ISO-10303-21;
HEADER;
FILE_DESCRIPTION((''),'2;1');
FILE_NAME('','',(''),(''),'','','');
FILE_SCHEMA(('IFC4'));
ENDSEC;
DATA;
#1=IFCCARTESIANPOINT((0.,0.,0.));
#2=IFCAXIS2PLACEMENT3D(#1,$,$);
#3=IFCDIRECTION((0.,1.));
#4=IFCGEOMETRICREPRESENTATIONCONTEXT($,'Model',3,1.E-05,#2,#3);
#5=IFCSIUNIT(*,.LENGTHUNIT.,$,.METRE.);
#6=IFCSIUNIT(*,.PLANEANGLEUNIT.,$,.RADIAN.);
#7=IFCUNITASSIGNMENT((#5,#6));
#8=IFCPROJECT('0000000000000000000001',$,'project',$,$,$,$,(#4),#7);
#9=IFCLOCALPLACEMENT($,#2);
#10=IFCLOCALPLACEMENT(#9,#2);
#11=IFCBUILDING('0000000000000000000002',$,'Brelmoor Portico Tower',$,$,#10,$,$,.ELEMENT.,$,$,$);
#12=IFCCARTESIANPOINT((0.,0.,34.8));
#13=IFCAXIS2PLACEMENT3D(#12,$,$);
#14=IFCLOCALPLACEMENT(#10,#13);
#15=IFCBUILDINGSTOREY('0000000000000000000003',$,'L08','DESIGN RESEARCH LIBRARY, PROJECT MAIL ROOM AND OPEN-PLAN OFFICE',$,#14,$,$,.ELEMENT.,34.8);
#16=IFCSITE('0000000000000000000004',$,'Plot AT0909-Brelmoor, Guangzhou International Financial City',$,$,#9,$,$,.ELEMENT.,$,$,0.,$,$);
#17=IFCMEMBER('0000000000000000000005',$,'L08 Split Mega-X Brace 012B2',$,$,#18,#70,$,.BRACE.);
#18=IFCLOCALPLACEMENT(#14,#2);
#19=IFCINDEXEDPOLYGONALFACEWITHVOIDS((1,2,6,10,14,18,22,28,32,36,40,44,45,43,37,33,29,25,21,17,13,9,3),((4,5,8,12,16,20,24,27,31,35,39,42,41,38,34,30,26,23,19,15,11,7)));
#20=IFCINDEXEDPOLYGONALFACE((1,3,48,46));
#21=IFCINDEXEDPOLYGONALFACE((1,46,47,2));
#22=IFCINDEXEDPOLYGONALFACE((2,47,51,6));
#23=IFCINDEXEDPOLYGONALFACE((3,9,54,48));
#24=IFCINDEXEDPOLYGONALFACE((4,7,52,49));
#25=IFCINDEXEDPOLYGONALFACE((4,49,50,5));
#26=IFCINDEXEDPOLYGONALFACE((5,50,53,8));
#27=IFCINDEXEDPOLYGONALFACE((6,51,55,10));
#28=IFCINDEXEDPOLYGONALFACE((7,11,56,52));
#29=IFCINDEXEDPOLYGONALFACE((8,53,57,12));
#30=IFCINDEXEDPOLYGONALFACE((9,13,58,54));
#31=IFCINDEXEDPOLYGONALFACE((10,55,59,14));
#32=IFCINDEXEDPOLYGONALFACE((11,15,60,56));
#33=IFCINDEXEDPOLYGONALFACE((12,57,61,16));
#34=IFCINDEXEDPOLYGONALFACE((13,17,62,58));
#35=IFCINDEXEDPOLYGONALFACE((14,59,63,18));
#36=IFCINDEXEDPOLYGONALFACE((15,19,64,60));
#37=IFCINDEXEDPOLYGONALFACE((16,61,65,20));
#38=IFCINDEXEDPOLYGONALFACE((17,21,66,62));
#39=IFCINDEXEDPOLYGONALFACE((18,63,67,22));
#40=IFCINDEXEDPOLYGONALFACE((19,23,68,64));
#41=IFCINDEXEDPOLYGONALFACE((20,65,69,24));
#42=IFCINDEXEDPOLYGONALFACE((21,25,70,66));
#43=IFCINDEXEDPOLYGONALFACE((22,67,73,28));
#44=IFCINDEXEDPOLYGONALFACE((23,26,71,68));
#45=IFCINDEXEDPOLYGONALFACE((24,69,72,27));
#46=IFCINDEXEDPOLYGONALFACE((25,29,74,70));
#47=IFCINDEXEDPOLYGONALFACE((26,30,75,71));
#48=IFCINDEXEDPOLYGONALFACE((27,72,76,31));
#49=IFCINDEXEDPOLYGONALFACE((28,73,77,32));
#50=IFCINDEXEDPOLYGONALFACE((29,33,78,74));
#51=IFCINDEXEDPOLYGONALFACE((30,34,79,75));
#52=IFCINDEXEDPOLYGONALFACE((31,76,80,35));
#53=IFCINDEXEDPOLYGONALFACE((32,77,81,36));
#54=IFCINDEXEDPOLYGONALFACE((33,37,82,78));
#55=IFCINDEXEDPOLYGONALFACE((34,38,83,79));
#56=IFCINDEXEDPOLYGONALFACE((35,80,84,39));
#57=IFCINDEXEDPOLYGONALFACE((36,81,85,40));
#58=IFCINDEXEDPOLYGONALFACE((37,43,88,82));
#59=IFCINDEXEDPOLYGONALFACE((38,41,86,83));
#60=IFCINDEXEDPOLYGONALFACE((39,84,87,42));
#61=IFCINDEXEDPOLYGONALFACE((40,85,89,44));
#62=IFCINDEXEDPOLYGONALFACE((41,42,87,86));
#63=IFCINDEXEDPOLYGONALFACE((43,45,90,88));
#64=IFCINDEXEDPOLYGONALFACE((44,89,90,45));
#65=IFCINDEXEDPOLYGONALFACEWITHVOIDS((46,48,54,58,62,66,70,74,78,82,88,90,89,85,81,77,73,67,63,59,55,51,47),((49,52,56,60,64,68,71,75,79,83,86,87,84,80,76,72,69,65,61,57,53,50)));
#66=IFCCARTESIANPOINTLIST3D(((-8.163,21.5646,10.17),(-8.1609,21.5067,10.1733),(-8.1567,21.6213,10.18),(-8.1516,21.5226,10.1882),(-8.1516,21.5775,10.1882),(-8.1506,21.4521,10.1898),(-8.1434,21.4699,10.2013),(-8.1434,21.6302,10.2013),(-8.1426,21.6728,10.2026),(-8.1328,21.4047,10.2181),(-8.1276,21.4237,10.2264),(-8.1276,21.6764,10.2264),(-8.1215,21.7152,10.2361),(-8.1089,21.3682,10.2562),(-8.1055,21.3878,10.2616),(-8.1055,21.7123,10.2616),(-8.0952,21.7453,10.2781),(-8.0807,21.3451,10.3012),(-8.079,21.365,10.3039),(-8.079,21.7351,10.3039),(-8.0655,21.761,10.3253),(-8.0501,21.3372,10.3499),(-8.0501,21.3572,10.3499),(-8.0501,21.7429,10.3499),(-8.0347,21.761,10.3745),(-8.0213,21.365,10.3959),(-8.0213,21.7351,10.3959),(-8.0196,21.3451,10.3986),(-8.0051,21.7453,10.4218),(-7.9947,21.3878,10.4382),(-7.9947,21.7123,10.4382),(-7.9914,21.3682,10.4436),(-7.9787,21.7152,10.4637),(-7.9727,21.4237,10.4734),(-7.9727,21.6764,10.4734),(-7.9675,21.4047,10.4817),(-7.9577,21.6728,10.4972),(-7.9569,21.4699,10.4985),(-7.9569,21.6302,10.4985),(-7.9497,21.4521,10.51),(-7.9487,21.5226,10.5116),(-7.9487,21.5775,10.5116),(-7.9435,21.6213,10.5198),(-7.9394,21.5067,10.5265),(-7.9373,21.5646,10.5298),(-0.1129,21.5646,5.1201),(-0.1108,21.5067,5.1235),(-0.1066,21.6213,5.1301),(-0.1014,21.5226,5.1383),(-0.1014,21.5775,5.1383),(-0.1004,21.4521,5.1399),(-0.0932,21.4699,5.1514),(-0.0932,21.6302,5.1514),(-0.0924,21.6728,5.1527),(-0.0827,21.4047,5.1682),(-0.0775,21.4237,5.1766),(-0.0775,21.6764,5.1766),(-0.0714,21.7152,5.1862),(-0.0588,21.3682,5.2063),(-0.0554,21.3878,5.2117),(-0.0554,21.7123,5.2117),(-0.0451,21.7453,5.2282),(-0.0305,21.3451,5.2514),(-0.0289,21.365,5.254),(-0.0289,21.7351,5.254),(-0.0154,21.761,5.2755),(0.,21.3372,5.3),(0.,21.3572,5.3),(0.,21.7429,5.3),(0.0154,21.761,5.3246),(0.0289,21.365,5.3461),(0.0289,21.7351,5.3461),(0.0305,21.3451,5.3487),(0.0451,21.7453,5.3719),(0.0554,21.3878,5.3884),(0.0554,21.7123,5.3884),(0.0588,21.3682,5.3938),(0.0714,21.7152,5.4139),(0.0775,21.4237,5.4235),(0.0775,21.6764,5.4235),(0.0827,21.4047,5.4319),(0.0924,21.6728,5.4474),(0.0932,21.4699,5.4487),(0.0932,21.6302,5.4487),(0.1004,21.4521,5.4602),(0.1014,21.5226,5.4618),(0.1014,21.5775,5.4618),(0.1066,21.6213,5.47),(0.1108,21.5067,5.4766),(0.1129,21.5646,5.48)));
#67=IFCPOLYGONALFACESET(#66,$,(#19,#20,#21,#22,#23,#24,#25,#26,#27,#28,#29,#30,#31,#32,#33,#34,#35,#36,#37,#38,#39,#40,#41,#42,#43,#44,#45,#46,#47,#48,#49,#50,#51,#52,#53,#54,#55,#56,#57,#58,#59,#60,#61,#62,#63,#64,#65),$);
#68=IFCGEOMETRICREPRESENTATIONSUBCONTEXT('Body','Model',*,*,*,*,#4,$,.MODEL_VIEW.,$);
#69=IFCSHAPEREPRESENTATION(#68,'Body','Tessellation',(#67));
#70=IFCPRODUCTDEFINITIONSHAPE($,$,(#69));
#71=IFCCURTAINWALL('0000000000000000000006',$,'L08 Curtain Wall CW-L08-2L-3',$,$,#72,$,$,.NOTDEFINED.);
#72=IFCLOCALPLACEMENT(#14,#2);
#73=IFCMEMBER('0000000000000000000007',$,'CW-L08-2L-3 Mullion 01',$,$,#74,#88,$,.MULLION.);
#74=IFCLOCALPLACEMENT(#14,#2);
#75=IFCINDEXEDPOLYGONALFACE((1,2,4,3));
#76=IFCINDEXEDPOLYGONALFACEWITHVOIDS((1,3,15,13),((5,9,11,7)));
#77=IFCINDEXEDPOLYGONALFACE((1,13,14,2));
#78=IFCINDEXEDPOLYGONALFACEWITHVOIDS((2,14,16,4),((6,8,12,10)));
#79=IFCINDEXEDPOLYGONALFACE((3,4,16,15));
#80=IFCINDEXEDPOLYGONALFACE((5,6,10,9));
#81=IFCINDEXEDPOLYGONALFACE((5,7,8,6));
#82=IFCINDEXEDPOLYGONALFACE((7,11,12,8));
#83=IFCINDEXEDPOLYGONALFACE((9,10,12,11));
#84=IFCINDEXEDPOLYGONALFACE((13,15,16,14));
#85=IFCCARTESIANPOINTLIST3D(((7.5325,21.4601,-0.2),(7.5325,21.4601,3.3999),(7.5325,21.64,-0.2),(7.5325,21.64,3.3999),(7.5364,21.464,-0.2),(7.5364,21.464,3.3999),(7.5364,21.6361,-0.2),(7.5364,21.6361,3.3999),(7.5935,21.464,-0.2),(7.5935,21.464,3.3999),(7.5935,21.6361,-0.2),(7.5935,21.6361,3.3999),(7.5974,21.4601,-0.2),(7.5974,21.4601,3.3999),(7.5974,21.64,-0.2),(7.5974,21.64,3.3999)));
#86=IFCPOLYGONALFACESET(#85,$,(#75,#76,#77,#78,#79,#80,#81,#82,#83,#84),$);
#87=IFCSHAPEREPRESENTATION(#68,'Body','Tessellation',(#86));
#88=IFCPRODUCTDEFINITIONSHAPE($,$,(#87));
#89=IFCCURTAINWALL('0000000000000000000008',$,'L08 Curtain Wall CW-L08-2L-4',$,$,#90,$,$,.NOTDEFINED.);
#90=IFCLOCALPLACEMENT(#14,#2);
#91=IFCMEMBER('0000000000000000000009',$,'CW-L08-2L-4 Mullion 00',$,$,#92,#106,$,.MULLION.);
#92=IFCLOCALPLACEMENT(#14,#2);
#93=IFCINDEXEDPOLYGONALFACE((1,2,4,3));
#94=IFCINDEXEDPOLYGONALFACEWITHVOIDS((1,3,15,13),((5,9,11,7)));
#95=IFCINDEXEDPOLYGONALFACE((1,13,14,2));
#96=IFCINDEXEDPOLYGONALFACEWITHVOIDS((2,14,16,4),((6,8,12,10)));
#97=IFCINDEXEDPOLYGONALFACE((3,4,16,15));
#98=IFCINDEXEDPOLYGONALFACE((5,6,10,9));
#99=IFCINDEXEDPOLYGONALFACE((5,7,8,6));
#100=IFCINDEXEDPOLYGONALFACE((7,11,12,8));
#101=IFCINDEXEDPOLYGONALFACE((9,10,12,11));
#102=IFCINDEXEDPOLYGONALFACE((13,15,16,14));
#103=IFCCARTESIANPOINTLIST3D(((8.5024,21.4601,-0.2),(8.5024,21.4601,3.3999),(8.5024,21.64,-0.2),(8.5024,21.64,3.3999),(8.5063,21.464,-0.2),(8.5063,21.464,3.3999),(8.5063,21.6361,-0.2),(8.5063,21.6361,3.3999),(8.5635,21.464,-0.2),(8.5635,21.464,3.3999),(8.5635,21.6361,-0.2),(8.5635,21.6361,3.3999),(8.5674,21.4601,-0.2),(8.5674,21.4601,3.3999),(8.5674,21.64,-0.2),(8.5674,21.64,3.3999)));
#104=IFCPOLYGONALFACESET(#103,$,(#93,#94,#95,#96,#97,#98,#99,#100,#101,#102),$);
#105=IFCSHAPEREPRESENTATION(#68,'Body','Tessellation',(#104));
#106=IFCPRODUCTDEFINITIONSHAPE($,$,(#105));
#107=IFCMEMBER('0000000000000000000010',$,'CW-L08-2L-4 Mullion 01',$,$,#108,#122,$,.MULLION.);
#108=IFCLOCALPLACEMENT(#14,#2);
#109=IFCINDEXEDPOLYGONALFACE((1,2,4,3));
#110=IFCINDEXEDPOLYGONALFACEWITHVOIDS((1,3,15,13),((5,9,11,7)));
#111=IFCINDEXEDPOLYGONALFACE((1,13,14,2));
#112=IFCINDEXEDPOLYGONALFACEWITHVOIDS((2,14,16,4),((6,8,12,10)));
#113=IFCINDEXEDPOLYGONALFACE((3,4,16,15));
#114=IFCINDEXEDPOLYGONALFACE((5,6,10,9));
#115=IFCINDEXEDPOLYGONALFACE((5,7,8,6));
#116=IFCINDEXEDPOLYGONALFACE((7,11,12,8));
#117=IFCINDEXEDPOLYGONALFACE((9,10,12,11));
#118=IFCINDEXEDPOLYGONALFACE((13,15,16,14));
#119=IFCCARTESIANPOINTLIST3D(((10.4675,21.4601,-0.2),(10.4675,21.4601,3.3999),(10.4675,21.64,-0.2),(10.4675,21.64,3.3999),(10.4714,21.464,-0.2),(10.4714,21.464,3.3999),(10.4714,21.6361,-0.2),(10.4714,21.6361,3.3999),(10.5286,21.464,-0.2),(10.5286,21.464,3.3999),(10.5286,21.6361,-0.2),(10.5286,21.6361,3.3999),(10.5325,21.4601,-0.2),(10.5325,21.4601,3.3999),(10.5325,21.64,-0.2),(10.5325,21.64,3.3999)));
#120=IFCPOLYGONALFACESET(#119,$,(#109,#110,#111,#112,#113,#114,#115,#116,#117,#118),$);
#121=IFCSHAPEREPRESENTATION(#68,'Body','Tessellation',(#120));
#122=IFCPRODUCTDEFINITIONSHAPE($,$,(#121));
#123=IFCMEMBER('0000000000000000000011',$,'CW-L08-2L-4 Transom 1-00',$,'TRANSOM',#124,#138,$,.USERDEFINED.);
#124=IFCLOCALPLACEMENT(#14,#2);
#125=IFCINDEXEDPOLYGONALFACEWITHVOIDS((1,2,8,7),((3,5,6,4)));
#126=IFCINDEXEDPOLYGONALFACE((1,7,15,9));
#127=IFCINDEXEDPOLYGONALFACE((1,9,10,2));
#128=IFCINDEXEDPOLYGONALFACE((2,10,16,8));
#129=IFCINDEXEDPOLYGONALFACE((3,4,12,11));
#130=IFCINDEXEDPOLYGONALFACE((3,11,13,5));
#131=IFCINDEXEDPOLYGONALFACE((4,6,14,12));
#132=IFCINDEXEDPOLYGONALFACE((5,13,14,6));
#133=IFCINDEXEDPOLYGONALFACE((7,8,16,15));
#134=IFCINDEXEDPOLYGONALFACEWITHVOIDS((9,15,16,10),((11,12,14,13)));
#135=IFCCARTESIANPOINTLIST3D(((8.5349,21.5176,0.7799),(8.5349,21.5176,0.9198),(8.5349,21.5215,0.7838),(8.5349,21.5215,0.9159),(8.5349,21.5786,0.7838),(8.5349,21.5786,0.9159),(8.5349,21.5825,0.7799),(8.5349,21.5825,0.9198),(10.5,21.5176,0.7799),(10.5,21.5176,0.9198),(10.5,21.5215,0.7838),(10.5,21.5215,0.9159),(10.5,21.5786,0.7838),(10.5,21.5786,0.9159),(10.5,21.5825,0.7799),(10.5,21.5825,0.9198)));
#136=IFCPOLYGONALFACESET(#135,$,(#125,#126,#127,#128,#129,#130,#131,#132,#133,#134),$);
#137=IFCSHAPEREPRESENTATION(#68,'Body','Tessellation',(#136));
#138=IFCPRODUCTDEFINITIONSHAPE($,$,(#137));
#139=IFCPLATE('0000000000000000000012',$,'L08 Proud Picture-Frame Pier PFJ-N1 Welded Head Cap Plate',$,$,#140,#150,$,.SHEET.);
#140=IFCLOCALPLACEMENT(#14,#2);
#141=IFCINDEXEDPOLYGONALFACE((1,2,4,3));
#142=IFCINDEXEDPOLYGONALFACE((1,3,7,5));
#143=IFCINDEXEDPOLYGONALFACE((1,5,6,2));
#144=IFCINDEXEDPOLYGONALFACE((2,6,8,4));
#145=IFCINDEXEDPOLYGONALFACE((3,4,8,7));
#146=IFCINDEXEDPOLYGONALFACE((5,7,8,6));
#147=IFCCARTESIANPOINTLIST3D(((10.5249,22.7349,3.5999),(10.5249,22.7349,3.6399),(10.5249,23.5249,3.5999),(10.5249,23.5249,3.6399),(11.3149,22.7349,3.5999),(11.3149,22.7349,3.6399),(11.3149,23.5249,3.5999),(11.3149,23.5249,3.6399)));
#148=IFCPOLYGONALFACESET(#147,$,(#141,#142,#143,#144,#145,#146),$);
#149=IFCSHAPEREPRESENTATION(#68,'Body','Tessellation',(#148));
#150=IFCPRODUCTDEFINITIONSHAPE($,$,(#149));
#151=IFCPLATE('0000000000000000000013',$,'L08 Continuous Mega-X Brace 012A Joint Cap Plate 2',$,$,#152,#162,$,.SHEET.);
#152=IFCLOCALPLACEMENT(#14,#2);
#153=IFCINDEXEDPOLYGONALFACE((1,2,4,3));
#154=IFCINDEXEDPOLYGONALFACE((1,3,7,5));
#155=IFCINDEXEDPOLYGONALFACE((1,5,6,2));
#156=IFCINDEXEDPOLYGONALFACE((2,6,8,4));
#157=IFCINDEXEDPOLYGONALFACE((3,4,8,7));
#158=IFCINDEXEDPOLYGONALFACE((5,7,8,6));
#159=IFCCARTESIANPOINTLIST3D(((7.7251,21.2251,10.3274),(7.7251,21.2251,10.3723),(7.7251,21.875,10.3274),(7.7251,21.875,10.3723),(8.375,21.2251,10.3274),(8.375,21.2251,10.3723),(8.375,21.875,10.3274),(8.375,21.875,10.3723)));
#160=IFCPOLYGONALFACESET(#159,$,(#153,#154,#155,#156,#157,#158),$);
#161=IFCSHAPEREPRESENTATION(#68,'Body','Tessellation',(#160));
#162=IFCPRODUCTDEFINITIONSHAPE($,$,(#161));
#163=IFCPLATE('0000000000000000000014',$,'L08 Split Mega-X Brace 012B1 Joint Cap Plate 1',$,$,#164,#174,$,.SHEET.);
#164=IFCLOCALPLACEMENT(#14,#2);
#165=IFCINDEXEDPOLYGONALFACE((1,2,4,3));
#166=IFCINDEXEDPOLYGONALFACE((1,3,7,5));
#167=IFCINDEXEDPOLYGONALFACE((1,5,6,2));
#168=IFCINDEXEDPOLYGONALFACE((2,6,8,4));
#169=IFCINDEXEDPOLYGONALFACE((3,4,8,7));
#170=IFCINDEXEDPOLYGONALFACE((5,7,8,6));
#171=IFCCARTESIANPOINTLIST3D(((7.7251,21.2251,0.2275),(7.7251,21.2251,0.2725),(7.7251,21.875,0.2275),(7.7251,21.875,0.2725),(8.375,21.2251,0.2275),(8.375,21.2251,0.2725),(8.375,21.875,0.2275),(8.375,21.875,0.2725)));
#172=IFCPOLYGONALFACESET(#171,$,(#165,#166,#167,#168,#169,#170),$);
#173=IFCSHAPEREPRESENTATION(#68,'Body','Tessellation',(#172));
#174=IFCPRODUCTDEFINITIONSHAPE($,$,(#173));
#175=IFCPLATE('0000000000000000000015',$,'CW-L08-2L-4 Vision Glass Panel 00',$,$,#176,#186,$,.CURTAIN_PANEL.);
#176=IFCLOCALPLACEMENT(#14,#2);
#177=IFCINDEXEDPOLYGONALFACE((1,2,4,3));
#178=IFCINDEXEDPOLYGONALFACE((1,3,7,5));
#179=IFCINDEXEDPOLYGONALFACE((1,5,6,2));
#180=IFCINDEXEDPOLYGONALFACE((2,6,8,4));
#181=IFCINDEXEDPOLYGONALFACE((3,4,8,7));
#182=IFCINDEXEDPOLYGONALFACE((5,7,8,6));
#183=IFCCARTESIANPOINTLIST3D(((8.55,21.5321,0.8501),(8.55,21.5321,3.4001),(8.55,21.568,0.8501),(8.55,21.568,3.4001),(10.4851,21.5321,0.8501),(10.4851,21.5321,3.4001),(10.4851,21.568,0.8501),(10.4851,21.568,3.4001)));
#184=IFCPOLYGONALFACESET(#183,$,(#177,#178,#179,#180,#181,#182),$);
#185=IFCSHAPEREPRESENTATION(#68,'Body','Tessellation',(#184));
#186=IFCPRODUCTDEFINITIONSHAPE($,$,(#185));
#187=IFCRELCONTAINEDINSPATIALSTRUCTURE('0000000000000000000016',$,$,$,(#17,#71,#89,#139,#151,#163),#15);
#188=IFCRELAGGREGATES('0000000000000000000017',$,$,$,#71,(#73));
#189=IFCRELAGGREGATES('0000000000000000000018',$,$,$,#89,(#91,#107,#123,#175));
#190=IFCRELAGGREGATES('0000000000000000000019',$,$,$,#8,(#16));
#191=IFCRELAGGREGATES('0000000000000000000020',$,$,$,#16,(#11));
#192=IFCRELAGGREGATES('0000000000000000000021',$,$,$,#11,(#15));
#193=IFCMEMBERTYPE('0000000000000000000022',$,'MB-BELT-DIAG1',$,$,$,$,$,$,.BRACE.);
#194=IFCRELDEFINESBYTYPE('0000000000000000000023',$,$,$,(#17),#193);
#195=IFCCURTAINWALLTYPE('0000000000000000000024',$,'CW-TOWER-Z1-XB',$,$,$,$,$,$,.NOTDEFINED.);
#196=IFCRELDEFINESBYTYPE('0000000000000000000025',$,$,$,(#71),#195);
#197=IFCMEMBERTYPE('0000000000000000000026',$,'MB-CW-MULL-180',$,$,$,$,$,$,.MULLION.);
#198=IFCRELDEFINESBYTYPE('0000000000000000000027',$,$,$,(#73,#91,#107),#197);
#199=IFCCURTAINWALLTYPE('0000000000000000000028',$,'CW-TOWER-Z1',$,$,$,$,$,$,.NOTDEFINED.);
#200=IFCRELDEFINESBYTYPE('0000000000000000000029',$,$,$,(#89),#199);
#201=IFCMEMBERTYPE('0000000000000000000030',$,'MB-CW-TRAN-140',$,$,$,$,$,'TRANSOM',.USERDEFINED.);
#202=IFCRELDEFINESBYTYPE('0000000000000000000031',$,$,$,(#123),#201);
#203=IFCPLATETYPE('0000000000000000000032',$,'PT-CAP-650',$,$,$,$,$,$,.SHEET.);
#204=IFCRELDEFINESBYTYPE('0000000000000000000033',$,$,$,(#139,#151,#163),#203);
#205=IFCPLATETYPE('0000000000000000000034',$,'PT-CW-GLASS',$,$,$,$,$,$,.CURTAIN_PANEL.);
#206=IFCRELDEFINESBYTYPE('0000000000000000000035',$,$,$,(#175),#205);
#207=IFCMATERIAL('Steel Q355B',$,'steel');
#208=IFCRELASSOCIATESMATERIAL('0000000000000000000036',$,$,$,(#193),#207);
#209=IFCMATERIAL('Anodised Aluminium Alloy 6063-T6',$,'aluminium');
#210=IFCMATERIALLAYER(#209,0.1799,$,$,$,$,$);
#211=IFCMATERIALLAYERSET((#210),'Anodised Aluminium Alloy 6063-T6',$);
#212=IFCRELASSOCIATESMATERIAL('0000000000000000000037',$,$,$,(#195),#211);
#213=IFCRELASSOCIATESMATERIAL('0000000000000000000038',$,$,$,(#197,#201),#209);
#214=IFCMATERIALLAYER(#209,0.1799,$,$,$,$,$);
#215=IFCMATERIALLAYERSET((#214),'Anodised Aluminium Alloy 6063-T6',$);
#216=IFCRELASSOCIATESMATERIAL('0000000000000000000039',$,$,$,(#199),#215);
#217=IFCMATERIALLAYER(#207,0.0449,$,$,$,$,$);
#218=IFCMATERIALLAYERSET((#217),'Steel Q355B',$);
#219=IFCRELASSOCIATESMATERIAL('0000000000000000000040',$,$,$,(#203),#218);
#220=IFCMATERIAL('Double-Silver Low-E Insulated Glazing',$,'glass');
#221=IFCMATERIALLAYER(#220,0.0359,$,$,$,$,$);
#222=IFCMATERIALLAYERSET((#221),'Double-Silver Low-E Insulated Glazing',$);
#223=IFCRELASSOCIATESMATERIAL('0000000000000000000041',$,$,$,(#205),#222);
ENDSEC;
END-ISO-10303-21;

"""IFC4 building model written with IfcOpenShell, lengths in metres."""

from ifc_helpers import new_model, si_unit, direction, frame, origin, origin_2d, place, context, subcontext, project, spatial, rectangle, hollow_rectangle, hollow_circle, extrude, material, layer, layer_set, material_profile, profile_set, type_object, element, aggregate, save


model = new_model("IFC4")

# Units and contexts
model_context = context("Model", 3, precision=1e-05, world=origin(), true_north=direction((0.0, 1.0)))
body_context = subcontext(model_context, "Body", "Model", "MODEL_VIEW")
ifc_project = project(units=[si_unit("LENGTHUNIT", "METRE"), si_unit("PLANEANGLEUNIT", "RADIAN")], contexts=[model_context])

# Site, building, storey
site_placement = place(None, origin())
site = spatial("IfcSite", under=ifc_project, at=site_placement, Name="Plot AT0909-Brelmoor, Guangzhou International Financial City", CompositionType="ELEMENT", RefElevation=0.0)
building_placement = place(site_placement, origin())
building = spatial("IfcBuilding", under=site, at=building_placement, Name="Brelmoor Portico Tower", CompositionType="ELEMENT")
storey_placement = place(building_placement, frame((0.0, 0.0, 34.8)))
storey = spatial("IfcBuildingStorey", under=building, at=storey_placement, Name="L08", Description="DESIGN RESEARCH LIBRARY, PROJECT MAIL ROOM AND OPEN-PLAN OFFICE", CompositionType="ELEMENT", Elevation=34.8)

# Shared definitions
ifc_material_1 = material(Name="Steel Q355B", Category="steel")

# Member
ifc_material_profile_1 = material_profile(ifc_material_1, hollow_circle(Radius=0.2129, WallThickness=0.02, at=origin_2d()), Name="CHS 426x20")
ifc_profile_set_1 = profile_set([ifc_material_profile_1], Name="Steel Q355B")
member_type_1 = type_object("IfcMemberType", Name="MB-BELT-DIAG1", PredefinedType="BRACE", material=ifc_profile_set_1)
for number, where, z_axis, x_axis, name in (
    (1, (0.0, 21.55, 5.3), (-0.847121, 0.0, 0.5314), (0.0, -1.0, 0.0), "L08 Split Mega-X Brace 012B2"),
):
    element("IfcMember", number, at=place(storey_placement, frame(where, z_axis=z_axis, x_axis=x_axis)), inside=storey, type_object=member_type_1, Name=name, PredefinedType="BRACE", context=body_context, shape_type="SweptSolid", body=[
        extrude(hollow_circle(Radius=0.2129, WallThickness=0.02, at=origin_2d()), origin(), (0.0, 0.0, 1.0), 9.5029),
    ])

# Curtain wall, member
ifc_material_2 = material(Name="Anodised Aluminium Alloy 6063-T6", Category="aluminium")
ifc_layer_1 = layer(ifc_material_2, 0.1799)
ifc_layer_set_1 = layer_set([ifc_layer_1], Name="Anodised Aluminium Alloy 6063-T6")
curtain_wall_type_1 = type_object("IfcCurtainWallType", Name="CW-TOWER-Z1-XB", PredefinedType="NOTDEFINED", material=ifc_layer_set_1)
curtain_wall_1_placement = place(storey_placement, origin())
curtain_wall_1 = element("IfcCurtainWall", 2, at=curtain_wall_1_placement, inside=storey, type_object=curtain_wall_type_1, Name="L08 Curtain Wall CW-L08-2L-3", PredefinedType="NOTDEFINED")
ifc_material_profile_2 = material_profile(ifc_material_2, hollow_rectangle(XDim=0.0649, YDim=0.1799, WallThickness=0.0039, at=origin_2d()), Name="ALU MULLION 65x180")
ifc_profile_set_2 = profile_set([ifc_material_profile_2], Name="Anodised Aluminium Alloy 6063-T6")
member_type_2 = type_object("IfcMemberType", Name="MB-CW-MULL-180", PredefinedType="MULLION", material=ifc_profile_set_2)
member_1_placement = place(storey_placement, frame((7.5649, 21.55, -0.2), z_axis=(0.0, 0.0, 1.0), x_axis=(1.0, 0.0, 0.0)))
member_1 = element("IfcMember", 3, at=member_1_placement, type_object=member_type_2, Name="CW-L08-2L-3 Mullion 01", PredefinedType="MULLION", context=body_context, shape_type="SweptSolid", body=[
    extrude(hollow_rectangle(XDim=0.0649, YDim=0.1799, WallThickness=0.0039, at=origin_2d()), origin(), (0.0, 0.0, 1.0), 3.5999),
])

# Curtain wall, members
ifc_layer_2 = layer(ifc_material_2, 0.1799)
ifc_layer_set_2 = layer_set([ifc_layer_2], Name="Anodised Aluminium Alloy 6063-T6")
curtain_wall_type_2 = type_object("IfcCurtainWallType", Name="CW-TOWER-Z1", PredefinedType="NOTDEFINED", material=ifc_layer_set_2)
curtain_wall_2_placement = place(storey_placement, origin())
curtain_wall_2 = element("IfcCurtainWall", 4, at=curtain_wall_2_placement, inside=storey, type_object=curtain_wall_type_2, Name="L08 Curtain Wall CW-L08-2L-4", PredefinedType="NOTDEFINED")
member_2_placement = place(storey_placement, frame((8.5349, 21.55, -0.2), z_axis=(0.0, 0.0, 1.0), x_axis=(1.0, 0.0, 0.0)))
member_2 = element("IfcMember", 5, at=member_2_placement, type_object=member_type_2, Name="CW-L08-2L-4 Mullion 00", PredefinedType="MULLION", context=body_context, shape_type="SweptSolid", body=[
    extrude(hollow_rectangle(XDim=0.0649, YDim=0.1799, WallThickness=0.0039, at=origin_2d()), origin(), (0.0, 0.0, 1.0), 3.5999),
])
member_3_placement = place(storey_placement, frame((10.5, 21.55, -0.2), z_axis=(0.0, 0.0, 1.0), x_axis=(1.0, 0.0, 0.0)))
member_3 = element("IfcMember", 6, at=member_3_placement, type_object=member_type_2, Name="CW-L08-2L-4 Mullion 01", PredefinedType="MULLION", context=body_context, shape_type="SweptSolid", body=[
    extrude(hollow_rectangle(XDim=0.0649, YDim=0.1799, WallThickness=0.0039, at=origin_2d()), origin(), (0.0, 0.0, 1.0), 3.5999),
])
ifc_material_profile_3 = material_profile(ifc_material_2, hollow_rectangle(XDim=0.0649, YDim=0.1399, WallThickness=0.0039, at=origin_2d()), Name="ALU TRANSOM 65x140")
ifc_profile_set_3 = profile_set([ifc_material_profile_3], Name="Anodised Aluminium Alloy 6063-T6")
member_type_3 = type_object("IfcMemberType", Name="MB-CW-TRAN-140", ElementType="TRANSOM", PredefinedType="USERDEFINED", material=ifc_profile_set_3)
member_4_placement = place(storey_placement, frame((8.5349, 21.55, 0.8499), z_axis=(1.0, 0.0, 0.0), x_axis=(0.0, 1.0, 0.0)))
member_4 = element("IfcMember", 7, at=member_4_placement, type_object=member_type_3, Name="CW-L08-2L-4 Transom 1-00", ObjectType="TRANSOM", PredefinedType="USERDEFINED", context=body_context, shape_type="SweptSolid", body=[
    extrude(hollow_rectangle(XDim=0.0649, YDim=0.1399, WallThickness=0.0039, at=origin_2d()), origin(), (0.0, 0.0, 1.0), 1.9651),
])

# Plates
ifc_layer_3 = layer(ifc_material_1, 0.0449)
ifc_layer_set_3 = layer_set([ifc_layer_3], Name="Steel Q355B")
plate_type_1 = type_object("IfcPlateType", Name="PT-CAP-650", PredefinedType="SHEET", material=ifc_layer_set_3)
plate_1_placement = place(storey_placement, frame((10.9199, 23.1299, 3.5999), z_axis=(0.0, 0.0, 1.0), x_axis=(1.0, 0.0, 0.0)))
element("IfcPlate", 8, at=plate_1_placement, inside=storey, type_object=plate_type_1, Name="L08 Proud Picture-Frame Pier PFJ-N1 Welded Head Cap Plate", PredefinedType="SHEET", context=body_context, shape_type="SweptSolid", body=[
    extrude(rectangle(XDim=0.79, YDim=0.79, at=origin_2d()), origin(), (0.0, 0.0, 1.0), 0.04),
])
for number, where, z_axis, x_axis, name in (
    (9, (8.05, 21.55, 10.3274), (0.0, 0.0, 1.0), (1.0, 0.0, 0.0), "L08 Continuous Mega-X Brace 012A Joint Cap Plate 2"),
    (10, (8.05, 21.55, 0.2275), (0.0, 0.0, 1.0), (1.0, 0.0, 0.0), "L08 Split Mega-X Brace 012B1 Joint Cap Plate 1"),
):
    element("IfcPlate", number, at=place(storey_placement, frame(where, z_axis=z_axis, x_axis=x_axis)), inside=storey, type_object=plate_type_1, Name=name, PredefinedType="SHEET", context=body_context, shape_type="SweptSolid", body=[
        extrude(rectangle(XDim=0.6499, YDim=0.6499, at=origin_2d()), origin(), (0.0, 0.0, 1.0), 0.0449),
    ])

# Plate
ifc_material_3 = material(Name="Double-Silver Low-E Insulated Glazing", Category="glass")
ifc_layer_4 = layer(ifc_material_3, 0.0359)
ifc_layer_set_4 = layer_set([ifc_layer_4], Name="Double-Silver Low-E Insulated Glazing")
plate_type_2 = type_object("IfcPlateType", Name="PT-CW-GLASS", PredefinedType="CURTAIN_PANEL", material=ifc_layer_set_4)
plate_2_placement = place(storey_placement, frame((9.5176, 21.55, 0.8501), z_axis=(0.0, 0.0, 1.0), x_axis=(1.0, 0.0, 0.0)))
plate_2 = element("IfcPlate", 11, at=plate_2_placement, type_object=plate_type_2, Name="CW-L08-2L-4 Vision Glass Panel 00", PredefinedType="CURTAIN_PANEL", context=body_context, shape_type="SweptSolid", body=[
    extrude(rectangle(XDim=1.9351, YDim=0.0359, at=origin_2d()), origin(), (0.0, 0.0, 1.0), 2.55),
])
aggregate(curtain_wall_1, [member_1])
aggregate(curtain_wall_2, [member_2, member_3, member_4, plate_2])

save(model, "model.ifc")
